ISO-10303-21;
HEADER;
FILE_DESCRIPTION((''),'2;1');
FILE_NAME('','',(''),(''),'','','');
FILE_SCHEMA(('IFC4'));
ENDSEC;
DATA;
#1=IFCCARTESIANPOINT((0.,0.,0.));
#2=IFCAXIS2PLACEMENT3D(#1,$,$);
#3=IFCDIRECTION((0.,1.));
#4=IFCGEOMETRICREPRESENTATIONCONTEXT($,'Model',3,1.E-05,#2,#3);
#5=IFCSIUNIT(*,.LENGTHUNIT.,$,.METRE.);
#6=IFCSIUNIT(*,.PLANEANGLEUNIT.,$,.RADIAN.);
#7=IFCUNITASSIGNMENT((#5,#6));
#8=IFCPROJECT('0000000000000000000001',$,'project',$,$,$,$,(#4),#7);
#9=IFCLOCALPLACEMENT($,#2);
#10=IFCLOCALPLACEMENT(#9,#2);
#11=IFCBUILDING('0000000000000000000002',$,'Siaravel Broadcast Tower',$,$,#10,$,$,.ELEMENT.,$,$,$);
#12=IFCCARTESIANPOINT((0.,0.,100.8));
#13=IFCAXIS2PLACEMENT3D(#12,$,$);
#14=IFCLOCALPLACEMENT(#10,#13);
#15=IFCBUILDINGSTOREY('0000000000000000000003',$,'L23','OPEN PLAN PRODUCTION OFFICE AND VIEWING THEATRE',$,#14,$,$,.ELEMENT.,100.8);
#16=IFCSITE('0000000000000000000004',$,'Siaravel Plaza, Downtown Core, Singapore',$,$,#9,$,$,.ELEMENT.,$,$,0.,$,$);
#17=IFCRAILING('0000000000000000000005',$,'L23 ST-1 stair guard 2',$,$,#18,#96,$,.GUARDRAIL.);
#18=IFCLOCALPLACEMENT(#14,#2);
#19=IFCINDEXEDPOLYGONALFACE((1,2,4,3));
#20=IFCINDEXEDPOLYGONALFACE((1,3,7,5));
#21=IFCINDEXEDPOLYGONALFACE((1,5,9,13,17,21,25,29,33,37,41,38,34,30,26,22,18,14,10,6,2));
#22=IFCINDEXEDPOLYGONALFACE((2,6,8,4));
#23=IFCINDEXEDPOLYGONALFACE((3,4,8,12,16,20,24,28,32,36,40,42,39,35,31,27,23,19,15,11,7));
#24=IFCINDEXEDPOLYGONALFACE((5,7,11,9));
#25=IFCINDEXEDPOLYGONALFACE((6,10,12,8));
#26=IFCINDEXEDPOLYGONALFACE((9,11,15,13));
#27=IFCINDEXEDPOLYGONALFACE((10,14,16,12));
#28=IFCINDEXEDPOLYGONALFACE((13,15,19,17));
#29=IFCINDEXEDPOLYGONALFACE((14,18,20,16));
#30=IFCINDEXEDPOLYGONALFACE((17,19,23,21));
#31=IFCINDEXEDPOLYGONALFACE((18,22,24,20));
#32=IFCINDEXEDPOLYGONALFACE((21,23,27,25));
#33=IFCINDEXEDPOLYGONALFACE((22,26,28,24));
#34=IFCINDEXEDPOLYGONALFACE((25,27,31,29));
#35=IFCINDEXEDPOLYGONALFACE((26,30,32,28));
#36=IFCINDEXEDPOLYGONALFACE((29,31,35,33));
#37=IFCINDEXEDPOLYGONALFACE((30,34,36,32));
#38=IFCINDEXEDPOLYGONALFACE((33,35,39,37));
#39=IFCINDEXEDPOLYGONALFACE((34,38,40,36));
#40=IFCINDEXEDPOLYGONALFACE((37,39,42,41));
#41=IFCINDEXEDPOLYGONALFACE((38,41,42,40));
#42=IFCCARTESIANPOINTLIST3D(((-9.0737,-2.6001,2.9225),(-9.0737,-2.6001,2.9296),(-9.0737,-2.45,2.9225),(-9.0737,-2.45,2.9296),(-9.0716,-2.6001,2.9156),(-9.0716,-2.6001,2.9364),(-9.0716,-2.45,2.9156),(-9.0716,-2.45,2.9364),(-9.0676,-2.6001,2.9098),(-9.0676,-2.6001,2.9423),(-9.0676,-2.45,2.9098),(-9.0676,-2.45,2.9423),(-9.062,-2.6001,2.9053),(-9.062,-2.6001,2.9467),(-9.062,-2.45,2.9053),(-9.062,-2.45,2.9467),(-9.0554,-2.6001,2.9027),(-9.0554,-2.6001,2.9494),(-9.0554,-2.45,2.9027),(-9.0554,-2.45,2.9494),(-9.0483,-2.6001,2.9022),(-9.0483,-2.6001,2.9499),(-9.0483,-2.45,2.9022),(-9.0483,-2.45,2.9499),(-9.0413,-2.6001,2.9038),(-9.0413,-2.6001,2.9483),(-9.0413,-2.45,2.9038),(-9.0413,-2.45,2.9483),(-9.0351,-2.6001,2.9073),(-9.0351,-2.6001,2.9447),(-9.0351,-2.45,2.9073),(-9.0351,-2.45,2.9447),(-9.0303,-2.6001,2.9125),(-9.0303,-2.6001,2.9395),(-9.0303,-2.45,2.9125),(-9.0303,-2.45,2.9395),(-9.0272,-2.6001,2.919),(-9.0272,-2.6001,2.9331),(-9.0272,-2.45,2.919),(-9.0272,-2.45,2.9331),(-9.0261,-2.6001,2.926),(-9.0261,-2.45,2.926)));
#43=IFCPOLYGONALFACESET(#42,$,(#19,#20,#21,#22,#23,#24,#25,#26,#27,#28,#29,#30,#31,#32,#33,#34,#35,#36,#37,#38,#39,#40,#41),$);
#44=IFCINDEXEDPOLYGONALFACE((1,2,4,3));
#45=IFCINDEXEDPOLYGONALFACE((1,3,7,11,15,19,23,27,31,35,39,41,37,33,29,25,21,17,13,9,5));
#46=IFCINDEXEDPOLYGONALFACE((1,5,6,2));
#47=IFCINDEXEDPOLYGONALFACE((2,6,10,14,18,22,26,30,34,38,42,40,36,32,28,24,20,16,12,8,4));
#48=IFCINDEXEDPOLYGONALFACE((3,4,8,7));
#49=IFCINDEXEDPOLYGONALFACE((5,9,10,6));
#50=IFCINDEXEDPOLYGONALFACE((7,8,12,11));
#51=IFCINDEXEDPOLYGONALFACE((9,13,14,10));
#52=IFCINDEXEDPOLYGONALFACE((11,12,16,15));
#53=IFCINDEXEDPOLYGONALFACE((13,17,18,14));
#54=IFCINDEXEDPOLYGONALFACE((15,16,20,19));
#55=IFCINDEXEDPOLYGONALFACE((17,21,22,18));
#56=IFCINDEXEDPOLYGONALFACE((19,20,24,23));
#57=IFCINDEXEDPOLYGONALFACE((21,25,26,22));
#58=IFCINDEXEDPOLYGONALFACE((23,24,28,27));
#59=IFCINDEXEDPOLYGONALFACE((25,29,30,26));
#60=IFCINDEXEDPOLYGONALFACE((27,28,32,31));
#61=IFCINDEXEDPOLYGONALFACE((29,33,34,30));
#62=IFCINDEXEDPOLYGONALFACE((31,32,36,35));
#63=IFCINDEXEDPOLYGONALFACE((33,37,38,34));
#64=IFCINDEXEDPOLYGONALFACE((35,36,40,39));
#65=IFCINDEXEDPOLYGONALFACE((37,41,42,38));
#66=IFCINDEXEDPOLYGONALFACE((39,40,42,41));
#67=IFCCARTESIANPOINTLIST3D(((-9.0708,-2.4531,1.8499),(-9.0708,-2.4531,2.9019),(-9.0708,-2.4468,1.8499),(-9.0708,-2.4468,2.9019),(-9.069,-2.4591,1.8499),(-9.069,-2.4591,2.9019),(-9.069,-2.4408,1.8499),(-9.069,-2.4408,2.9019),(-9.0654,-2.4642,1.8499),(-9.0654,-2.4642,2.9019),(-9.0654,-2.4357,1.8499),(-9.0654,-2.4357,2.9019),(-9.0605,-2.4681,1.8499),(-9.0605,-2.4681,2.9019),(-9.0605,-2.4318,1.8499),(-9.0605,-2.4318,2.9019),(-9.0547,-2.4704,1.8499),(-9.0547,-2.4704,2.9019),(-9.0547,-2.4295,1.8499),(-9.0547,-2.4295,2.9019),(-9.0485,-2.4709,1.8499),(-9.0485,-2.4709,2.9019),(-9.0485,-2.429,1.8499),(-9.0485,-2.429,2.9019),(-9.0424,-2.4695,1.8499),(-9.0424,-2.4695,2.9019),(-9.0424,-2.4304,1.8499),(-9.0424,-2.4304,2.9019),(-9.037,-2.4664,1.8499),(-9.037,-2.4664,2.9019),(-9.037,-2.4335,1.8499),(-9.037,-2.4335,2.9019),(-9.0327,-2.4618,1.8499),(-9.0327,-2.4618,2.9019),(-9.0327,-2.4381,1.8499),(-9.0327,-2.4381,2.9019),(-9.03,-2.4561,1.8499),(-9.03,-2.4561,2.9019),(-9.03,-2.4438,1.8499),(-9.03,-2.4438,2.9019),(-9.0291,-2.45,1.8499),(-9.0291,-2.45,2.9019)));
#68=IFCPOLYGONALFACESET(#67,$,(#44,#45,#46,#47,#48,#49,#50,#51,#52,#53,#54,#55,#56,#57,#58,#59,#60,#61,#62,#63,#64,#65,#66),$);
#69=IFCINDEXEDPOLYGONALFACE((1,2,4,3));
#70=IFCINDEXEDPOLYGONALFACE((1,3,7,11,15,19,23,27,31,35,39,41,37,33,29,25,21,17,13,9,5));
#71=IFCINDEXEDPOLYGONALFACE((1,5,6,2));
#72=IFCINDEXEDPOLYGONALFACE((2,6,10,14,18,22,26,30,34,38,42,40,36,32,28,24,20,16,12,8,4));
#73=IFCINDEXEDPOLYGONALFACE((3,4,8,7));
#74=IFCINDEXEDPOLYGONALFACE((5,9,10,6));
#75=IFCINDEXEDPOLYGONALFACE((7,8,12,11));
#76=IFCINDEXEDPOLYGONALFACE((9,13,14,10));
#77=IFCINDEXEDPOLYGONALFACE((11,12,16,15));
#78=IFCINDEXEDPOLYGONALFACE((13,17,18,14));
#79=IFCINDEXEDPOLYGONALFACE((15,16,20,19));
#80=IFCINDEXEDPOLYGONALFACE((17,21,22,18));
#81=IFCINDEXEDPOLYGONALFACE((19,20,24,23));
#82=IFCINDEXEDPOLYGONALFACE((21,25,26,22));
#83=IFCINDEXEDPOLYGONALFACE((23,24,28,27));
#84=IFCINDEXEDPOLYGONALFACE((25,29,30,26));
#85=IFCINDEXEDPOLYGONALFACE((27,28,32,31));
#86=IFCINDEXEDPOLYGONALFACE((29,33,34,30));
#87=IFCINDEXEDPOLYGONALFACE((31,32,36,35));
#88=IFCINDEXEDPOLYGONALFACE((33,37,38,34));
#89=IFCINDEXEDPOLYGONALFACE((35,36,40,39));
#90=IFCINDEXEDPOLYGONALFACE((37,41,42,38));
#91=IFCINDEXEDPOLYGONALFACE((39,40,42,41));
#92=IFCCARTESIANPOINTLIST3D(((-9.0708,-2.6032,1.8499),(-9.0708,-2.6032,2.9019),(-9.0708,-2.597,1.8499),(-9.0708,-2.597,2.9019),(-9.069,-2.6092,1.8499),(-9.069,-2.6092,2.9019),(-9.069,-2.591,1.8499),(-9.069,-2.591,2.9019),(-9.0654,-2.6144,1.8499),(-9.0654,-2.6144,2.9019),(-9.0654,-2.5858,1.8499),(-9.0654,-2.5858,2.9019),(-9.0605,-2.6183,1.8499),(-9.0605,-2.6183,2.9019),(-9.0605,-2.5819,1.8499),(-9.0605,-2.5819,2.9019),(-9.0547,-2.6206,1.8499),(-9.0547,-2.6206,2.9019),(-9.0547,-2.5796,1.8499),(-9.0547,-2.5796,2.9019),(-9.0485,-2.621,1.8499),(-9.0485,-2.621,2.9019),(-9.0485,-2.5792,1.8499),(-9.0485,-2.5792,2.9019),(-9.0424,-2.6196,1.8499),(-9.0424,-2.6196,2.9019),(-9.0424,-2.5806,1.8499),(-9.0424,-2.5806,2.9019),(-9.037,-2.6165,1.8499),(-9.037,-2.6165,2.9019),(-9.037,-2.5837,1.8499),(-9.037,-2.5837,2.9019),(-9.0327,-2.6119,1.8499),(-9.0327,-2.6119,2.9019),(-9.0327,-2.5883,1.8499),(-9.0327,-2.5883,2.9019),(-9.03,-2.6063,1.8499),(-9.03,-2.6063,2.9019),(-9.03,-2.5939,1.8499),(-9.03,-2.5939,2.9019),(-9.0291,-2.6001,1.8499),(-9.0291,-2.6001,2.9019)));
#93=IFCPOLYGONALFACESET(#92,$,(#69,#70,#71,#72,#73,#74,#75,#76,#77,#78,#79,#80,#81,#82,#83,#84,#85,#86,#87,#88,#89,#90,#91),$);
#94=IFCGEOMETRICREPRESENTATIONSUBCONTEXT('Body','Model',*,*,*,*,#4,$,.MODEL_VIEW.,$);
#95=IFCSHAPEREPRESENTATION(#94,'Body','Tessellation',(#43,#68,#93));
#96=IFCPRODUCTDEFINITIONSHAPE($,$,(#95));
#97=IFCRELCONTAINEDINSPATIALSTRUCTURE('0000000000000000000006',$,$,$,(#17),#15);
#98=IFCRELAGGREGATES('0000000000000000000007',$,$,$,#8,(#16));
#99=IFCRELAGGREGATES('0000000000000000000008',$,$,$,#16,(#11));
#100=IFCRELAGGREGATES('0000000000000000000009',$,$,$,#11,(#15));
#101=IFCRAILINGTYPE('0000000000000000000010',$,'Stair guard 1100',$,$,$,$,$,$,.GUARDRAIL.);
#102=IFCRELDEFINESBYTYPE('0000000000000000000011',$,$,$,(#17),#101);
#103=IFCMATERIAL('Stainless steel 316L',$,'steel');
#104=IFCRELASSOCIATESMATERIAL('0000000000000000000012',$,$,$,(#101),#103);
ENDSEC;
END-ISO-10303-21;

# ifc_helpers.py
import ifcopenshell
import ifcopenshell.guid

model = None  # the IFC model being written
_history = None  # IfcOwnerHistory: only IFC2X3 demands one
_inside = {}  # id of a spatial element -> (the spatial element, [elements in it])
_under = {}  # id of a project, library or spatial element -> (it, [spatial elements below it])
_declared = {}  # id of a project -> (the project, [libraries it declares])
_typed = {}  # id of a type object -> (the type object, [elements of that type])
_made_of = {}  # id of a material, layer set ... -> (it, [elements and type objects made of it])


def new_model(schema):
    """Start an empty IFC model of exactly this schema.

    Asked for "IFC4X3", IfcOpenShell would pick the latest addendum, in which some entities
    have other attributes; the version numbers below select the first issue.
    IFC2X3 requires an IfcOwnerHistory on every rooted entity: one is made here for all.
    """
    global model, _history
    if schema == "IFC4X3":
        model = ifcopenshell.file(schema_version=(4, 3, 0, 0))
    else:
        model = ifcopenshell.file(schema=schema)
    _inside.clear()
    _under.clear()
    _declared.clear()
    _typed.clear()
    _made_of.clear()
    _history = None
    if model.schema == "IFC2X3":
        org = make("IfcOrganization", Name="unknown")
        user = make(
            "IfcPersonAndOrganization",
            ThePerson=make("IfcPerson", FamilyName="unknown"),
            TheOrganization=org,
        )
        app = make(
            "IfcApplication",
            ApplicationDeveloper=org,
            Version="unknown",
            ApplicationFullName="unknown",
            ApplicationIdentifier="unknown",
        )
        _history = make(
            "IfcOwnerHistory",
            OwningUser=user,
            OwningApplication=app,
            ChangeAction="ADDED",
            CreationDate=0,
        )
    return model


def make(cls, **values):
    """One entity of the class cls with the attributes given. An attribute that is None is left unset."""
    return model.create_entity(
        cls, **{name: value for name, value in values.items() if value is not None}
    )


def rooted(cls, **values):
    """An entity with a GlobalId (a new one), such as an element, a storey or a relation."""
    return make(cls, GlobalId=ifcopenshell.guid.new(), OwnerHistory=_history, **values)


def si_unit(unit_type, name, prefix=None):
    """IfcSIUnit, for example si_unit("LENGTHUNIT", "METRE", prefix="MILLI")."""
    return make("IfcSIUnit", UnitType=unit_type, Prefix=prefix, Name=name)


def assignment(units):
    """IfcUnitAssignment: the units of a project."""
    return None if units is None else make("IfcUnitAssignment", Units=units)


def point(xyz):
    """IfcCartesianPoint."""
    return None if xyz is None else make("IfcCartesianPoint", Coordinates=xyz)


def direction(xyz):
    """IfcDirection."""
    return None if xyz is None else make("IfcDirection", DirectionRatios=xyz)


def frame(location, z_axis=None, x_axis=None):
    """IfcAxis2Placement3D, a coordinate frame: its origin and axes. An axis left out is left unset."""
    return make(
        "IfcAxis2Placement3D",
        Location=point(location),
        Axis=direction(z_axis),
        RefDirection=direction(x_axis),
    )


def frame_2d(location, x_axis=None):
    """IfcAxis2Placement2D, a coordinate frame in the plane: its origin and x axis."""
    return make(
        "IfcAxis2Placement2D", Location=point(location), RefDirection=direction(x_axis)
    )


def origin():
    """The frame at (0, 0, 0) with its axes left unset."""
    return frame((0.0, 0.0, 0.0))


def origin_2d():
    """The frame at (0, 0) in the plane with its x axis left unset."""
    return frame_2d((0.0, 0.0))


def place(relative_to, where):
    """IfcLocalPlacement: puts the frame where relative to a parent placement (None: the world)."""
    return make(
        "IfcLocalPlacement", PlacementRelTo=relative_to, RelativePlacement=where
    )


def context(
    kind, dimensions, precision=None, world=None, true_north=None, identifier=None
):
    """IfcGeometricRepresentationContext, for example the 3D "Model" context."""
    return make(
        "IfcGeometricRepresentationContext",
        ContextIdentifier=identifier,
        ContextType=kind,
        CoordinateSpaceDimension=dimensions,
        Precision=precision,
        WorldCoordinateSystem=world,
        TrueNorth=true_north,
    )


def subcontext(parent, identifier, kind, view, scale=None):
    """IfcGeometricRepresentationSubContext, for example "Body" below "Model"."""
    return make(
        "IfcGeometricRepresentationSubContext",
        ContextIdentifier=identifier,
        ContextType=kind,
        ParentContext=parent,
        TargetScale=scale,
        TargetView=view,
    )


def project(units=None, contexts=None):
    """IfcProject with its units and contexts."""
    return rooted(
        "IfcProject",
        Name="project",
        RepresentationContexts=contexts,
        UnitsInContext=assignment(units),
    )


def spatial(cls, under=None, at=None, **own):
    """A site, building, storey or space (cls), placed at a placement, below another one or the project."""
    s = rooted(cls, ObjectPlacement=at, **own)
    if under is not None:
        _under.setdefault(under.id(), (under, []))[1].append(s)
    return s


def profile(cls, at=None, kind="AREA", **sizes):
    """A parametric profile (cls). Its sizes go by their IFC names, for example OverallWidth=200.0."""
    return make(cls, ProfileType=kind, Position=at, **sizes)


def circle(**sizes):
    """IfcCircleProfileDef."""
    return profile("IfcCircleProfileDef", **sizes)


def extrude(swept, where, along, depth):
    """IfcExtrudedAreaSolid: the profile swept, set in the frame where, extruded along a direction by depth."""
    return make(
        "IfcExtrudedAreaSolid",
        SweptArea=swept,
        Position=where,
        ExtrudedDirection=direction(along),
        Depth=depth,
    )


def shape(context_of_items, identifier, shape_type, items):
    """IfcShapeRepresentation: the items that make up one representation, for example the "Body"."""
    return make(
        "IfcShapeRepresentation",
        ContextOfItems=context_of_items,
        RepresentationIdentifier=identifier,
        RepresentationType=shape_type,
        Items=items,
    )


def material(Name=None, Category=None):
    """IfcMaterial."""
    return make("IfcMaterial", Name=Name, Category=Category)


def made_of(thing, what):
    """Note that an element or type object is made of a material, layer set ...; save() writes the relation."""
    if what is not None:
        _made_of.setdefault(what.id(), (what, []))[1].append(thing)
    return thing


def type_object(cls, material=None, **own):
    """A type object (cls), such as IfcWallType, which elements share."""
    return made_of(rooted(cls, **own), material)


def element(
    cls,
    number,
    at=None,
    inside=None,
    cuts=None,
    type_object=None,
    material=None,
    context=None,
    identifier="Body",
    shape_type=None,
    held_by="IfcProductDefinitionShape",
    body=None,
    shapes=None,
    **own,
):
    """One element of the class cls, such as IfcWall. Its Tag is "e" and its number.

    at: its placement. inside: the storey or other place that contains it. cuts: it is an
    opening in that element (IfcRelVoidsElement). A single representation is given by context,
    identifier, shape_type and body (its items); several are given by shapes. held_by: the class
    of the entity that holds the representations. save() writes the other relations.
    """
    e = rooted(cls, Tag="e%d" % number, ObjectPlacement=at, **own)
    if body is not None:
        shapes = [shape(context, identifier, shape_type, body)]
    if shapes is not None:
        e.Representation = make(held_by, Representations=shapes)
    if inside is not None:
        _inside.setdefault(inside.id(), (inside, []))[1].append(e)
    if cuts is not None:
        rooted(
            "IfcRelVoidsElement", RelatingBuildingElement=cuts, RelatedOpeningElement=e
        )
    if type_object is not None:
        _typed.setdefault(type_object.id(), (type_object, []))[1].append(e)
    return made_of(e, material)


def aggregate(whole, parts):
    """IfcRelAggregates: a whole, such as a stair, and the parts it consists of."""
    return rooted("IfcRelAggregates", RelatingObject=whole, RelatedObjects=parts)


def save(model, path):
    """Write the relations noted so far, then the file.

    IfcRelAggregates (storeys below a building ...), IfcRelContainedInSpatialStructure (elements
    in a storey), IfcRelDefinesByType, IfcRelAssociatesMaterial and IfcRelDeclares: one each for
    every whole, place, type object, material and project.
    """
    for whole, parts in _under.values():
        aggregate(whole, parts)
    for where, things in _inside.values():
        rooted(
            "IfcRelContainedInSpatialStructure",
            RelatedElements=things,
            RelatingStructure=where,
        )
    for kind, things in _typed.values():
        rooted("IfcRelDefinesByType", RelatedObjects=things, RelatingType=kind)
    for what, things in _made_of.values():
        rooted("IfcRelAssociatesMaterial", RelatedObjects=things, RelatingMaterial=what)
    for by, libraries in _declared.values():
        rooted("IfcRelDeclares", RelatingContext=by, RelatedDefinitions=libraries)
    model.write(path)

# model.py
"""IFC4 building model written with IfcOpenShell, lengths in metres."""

from ifc_helpers import new_model, si_unit, direction, frame, origin, origin_2d, place, context, subcontext, project, spatial, circle, extrude, material, type_object, element, save


model = new_model("IFC4")

# Units and contexts
model_context = context("Model", 3, precision=1e-05, world=origin(), true_north=direction((0.0, 1.0)))
body_context = subcontext(model_context, "Body", "Model", "MODEL_VIEW")
ifc_project = project(units=[si_unit("LENGTHUNIT", "METRE"), si_unit("PLANEANGLEUNIT", "RADIAN")], contexts=[model_context])

# Site, building, storey
site_placement = place(None, origin())
site = spatial("IfcSite", under=ifc_project, at=site_placement, Name="Siaravel Plaza, Downtown Core, Singapore", CompositionType="ELEMENT", RefElevation=0.0)
building_placement = place(site_placement, origin())
building = spatial("IfcBuilding", under=site, at=building_placement, Name="Siaravel Broadcast Tower", CompositionType="ELEMENT")
storey_placement = place(building_placement, frame((0.0, 0.0, 100.8)))
storey = spatial("IfcBuildingStorey", under=building, at=storey_placement, Name="L23", Description="OPEN PLAN PRODUCTION OFFICE AND VIEWING THEATRE", CompositionType="ELEMENT", Elevation=100.8)

# Railing
ifc_material_1 = material(Name="Stainless steel 316L", Category="steel")
railing_type_1 = type_object("IfcRailingType", Name="Stair guard 1100", PredefinedType="GUARDRAIL", material=ifc_material_1)
railing_1_placement = place(storey_placement, frame((-9.05, -2.45, 1.8499)))
element("IfcRailing", 1, at=railing_1_placement, inside=storey, type_object=railing_type_1, Name="L23 ST-1 stair guard 2", PredefinedType="GUARDRAIL", context=body_context, shape_type="SweptSolid", body=[
    extrude(circle(Radius=0.0239, at=origin_2d()), frame((0.0, 0.0, 1.0762), z_axis=(0.0, -1.0, 0.0), x_axis=(1.0, 0.0, 0.0)), (0.0, 0.0, 1.0), 0.1501),
    extrude(circle(Radius=0.021, at=origin_2d()), origin(), (0.0, 0.0, 1.0), 1.052),
    extrude(circle(Radius=0.021, at=origin_2d()), frame((0.0, -0.1501, 0.0)), (0.0, 0.0, 1.0), 1.052),
])

save(model, "model.ifc")
